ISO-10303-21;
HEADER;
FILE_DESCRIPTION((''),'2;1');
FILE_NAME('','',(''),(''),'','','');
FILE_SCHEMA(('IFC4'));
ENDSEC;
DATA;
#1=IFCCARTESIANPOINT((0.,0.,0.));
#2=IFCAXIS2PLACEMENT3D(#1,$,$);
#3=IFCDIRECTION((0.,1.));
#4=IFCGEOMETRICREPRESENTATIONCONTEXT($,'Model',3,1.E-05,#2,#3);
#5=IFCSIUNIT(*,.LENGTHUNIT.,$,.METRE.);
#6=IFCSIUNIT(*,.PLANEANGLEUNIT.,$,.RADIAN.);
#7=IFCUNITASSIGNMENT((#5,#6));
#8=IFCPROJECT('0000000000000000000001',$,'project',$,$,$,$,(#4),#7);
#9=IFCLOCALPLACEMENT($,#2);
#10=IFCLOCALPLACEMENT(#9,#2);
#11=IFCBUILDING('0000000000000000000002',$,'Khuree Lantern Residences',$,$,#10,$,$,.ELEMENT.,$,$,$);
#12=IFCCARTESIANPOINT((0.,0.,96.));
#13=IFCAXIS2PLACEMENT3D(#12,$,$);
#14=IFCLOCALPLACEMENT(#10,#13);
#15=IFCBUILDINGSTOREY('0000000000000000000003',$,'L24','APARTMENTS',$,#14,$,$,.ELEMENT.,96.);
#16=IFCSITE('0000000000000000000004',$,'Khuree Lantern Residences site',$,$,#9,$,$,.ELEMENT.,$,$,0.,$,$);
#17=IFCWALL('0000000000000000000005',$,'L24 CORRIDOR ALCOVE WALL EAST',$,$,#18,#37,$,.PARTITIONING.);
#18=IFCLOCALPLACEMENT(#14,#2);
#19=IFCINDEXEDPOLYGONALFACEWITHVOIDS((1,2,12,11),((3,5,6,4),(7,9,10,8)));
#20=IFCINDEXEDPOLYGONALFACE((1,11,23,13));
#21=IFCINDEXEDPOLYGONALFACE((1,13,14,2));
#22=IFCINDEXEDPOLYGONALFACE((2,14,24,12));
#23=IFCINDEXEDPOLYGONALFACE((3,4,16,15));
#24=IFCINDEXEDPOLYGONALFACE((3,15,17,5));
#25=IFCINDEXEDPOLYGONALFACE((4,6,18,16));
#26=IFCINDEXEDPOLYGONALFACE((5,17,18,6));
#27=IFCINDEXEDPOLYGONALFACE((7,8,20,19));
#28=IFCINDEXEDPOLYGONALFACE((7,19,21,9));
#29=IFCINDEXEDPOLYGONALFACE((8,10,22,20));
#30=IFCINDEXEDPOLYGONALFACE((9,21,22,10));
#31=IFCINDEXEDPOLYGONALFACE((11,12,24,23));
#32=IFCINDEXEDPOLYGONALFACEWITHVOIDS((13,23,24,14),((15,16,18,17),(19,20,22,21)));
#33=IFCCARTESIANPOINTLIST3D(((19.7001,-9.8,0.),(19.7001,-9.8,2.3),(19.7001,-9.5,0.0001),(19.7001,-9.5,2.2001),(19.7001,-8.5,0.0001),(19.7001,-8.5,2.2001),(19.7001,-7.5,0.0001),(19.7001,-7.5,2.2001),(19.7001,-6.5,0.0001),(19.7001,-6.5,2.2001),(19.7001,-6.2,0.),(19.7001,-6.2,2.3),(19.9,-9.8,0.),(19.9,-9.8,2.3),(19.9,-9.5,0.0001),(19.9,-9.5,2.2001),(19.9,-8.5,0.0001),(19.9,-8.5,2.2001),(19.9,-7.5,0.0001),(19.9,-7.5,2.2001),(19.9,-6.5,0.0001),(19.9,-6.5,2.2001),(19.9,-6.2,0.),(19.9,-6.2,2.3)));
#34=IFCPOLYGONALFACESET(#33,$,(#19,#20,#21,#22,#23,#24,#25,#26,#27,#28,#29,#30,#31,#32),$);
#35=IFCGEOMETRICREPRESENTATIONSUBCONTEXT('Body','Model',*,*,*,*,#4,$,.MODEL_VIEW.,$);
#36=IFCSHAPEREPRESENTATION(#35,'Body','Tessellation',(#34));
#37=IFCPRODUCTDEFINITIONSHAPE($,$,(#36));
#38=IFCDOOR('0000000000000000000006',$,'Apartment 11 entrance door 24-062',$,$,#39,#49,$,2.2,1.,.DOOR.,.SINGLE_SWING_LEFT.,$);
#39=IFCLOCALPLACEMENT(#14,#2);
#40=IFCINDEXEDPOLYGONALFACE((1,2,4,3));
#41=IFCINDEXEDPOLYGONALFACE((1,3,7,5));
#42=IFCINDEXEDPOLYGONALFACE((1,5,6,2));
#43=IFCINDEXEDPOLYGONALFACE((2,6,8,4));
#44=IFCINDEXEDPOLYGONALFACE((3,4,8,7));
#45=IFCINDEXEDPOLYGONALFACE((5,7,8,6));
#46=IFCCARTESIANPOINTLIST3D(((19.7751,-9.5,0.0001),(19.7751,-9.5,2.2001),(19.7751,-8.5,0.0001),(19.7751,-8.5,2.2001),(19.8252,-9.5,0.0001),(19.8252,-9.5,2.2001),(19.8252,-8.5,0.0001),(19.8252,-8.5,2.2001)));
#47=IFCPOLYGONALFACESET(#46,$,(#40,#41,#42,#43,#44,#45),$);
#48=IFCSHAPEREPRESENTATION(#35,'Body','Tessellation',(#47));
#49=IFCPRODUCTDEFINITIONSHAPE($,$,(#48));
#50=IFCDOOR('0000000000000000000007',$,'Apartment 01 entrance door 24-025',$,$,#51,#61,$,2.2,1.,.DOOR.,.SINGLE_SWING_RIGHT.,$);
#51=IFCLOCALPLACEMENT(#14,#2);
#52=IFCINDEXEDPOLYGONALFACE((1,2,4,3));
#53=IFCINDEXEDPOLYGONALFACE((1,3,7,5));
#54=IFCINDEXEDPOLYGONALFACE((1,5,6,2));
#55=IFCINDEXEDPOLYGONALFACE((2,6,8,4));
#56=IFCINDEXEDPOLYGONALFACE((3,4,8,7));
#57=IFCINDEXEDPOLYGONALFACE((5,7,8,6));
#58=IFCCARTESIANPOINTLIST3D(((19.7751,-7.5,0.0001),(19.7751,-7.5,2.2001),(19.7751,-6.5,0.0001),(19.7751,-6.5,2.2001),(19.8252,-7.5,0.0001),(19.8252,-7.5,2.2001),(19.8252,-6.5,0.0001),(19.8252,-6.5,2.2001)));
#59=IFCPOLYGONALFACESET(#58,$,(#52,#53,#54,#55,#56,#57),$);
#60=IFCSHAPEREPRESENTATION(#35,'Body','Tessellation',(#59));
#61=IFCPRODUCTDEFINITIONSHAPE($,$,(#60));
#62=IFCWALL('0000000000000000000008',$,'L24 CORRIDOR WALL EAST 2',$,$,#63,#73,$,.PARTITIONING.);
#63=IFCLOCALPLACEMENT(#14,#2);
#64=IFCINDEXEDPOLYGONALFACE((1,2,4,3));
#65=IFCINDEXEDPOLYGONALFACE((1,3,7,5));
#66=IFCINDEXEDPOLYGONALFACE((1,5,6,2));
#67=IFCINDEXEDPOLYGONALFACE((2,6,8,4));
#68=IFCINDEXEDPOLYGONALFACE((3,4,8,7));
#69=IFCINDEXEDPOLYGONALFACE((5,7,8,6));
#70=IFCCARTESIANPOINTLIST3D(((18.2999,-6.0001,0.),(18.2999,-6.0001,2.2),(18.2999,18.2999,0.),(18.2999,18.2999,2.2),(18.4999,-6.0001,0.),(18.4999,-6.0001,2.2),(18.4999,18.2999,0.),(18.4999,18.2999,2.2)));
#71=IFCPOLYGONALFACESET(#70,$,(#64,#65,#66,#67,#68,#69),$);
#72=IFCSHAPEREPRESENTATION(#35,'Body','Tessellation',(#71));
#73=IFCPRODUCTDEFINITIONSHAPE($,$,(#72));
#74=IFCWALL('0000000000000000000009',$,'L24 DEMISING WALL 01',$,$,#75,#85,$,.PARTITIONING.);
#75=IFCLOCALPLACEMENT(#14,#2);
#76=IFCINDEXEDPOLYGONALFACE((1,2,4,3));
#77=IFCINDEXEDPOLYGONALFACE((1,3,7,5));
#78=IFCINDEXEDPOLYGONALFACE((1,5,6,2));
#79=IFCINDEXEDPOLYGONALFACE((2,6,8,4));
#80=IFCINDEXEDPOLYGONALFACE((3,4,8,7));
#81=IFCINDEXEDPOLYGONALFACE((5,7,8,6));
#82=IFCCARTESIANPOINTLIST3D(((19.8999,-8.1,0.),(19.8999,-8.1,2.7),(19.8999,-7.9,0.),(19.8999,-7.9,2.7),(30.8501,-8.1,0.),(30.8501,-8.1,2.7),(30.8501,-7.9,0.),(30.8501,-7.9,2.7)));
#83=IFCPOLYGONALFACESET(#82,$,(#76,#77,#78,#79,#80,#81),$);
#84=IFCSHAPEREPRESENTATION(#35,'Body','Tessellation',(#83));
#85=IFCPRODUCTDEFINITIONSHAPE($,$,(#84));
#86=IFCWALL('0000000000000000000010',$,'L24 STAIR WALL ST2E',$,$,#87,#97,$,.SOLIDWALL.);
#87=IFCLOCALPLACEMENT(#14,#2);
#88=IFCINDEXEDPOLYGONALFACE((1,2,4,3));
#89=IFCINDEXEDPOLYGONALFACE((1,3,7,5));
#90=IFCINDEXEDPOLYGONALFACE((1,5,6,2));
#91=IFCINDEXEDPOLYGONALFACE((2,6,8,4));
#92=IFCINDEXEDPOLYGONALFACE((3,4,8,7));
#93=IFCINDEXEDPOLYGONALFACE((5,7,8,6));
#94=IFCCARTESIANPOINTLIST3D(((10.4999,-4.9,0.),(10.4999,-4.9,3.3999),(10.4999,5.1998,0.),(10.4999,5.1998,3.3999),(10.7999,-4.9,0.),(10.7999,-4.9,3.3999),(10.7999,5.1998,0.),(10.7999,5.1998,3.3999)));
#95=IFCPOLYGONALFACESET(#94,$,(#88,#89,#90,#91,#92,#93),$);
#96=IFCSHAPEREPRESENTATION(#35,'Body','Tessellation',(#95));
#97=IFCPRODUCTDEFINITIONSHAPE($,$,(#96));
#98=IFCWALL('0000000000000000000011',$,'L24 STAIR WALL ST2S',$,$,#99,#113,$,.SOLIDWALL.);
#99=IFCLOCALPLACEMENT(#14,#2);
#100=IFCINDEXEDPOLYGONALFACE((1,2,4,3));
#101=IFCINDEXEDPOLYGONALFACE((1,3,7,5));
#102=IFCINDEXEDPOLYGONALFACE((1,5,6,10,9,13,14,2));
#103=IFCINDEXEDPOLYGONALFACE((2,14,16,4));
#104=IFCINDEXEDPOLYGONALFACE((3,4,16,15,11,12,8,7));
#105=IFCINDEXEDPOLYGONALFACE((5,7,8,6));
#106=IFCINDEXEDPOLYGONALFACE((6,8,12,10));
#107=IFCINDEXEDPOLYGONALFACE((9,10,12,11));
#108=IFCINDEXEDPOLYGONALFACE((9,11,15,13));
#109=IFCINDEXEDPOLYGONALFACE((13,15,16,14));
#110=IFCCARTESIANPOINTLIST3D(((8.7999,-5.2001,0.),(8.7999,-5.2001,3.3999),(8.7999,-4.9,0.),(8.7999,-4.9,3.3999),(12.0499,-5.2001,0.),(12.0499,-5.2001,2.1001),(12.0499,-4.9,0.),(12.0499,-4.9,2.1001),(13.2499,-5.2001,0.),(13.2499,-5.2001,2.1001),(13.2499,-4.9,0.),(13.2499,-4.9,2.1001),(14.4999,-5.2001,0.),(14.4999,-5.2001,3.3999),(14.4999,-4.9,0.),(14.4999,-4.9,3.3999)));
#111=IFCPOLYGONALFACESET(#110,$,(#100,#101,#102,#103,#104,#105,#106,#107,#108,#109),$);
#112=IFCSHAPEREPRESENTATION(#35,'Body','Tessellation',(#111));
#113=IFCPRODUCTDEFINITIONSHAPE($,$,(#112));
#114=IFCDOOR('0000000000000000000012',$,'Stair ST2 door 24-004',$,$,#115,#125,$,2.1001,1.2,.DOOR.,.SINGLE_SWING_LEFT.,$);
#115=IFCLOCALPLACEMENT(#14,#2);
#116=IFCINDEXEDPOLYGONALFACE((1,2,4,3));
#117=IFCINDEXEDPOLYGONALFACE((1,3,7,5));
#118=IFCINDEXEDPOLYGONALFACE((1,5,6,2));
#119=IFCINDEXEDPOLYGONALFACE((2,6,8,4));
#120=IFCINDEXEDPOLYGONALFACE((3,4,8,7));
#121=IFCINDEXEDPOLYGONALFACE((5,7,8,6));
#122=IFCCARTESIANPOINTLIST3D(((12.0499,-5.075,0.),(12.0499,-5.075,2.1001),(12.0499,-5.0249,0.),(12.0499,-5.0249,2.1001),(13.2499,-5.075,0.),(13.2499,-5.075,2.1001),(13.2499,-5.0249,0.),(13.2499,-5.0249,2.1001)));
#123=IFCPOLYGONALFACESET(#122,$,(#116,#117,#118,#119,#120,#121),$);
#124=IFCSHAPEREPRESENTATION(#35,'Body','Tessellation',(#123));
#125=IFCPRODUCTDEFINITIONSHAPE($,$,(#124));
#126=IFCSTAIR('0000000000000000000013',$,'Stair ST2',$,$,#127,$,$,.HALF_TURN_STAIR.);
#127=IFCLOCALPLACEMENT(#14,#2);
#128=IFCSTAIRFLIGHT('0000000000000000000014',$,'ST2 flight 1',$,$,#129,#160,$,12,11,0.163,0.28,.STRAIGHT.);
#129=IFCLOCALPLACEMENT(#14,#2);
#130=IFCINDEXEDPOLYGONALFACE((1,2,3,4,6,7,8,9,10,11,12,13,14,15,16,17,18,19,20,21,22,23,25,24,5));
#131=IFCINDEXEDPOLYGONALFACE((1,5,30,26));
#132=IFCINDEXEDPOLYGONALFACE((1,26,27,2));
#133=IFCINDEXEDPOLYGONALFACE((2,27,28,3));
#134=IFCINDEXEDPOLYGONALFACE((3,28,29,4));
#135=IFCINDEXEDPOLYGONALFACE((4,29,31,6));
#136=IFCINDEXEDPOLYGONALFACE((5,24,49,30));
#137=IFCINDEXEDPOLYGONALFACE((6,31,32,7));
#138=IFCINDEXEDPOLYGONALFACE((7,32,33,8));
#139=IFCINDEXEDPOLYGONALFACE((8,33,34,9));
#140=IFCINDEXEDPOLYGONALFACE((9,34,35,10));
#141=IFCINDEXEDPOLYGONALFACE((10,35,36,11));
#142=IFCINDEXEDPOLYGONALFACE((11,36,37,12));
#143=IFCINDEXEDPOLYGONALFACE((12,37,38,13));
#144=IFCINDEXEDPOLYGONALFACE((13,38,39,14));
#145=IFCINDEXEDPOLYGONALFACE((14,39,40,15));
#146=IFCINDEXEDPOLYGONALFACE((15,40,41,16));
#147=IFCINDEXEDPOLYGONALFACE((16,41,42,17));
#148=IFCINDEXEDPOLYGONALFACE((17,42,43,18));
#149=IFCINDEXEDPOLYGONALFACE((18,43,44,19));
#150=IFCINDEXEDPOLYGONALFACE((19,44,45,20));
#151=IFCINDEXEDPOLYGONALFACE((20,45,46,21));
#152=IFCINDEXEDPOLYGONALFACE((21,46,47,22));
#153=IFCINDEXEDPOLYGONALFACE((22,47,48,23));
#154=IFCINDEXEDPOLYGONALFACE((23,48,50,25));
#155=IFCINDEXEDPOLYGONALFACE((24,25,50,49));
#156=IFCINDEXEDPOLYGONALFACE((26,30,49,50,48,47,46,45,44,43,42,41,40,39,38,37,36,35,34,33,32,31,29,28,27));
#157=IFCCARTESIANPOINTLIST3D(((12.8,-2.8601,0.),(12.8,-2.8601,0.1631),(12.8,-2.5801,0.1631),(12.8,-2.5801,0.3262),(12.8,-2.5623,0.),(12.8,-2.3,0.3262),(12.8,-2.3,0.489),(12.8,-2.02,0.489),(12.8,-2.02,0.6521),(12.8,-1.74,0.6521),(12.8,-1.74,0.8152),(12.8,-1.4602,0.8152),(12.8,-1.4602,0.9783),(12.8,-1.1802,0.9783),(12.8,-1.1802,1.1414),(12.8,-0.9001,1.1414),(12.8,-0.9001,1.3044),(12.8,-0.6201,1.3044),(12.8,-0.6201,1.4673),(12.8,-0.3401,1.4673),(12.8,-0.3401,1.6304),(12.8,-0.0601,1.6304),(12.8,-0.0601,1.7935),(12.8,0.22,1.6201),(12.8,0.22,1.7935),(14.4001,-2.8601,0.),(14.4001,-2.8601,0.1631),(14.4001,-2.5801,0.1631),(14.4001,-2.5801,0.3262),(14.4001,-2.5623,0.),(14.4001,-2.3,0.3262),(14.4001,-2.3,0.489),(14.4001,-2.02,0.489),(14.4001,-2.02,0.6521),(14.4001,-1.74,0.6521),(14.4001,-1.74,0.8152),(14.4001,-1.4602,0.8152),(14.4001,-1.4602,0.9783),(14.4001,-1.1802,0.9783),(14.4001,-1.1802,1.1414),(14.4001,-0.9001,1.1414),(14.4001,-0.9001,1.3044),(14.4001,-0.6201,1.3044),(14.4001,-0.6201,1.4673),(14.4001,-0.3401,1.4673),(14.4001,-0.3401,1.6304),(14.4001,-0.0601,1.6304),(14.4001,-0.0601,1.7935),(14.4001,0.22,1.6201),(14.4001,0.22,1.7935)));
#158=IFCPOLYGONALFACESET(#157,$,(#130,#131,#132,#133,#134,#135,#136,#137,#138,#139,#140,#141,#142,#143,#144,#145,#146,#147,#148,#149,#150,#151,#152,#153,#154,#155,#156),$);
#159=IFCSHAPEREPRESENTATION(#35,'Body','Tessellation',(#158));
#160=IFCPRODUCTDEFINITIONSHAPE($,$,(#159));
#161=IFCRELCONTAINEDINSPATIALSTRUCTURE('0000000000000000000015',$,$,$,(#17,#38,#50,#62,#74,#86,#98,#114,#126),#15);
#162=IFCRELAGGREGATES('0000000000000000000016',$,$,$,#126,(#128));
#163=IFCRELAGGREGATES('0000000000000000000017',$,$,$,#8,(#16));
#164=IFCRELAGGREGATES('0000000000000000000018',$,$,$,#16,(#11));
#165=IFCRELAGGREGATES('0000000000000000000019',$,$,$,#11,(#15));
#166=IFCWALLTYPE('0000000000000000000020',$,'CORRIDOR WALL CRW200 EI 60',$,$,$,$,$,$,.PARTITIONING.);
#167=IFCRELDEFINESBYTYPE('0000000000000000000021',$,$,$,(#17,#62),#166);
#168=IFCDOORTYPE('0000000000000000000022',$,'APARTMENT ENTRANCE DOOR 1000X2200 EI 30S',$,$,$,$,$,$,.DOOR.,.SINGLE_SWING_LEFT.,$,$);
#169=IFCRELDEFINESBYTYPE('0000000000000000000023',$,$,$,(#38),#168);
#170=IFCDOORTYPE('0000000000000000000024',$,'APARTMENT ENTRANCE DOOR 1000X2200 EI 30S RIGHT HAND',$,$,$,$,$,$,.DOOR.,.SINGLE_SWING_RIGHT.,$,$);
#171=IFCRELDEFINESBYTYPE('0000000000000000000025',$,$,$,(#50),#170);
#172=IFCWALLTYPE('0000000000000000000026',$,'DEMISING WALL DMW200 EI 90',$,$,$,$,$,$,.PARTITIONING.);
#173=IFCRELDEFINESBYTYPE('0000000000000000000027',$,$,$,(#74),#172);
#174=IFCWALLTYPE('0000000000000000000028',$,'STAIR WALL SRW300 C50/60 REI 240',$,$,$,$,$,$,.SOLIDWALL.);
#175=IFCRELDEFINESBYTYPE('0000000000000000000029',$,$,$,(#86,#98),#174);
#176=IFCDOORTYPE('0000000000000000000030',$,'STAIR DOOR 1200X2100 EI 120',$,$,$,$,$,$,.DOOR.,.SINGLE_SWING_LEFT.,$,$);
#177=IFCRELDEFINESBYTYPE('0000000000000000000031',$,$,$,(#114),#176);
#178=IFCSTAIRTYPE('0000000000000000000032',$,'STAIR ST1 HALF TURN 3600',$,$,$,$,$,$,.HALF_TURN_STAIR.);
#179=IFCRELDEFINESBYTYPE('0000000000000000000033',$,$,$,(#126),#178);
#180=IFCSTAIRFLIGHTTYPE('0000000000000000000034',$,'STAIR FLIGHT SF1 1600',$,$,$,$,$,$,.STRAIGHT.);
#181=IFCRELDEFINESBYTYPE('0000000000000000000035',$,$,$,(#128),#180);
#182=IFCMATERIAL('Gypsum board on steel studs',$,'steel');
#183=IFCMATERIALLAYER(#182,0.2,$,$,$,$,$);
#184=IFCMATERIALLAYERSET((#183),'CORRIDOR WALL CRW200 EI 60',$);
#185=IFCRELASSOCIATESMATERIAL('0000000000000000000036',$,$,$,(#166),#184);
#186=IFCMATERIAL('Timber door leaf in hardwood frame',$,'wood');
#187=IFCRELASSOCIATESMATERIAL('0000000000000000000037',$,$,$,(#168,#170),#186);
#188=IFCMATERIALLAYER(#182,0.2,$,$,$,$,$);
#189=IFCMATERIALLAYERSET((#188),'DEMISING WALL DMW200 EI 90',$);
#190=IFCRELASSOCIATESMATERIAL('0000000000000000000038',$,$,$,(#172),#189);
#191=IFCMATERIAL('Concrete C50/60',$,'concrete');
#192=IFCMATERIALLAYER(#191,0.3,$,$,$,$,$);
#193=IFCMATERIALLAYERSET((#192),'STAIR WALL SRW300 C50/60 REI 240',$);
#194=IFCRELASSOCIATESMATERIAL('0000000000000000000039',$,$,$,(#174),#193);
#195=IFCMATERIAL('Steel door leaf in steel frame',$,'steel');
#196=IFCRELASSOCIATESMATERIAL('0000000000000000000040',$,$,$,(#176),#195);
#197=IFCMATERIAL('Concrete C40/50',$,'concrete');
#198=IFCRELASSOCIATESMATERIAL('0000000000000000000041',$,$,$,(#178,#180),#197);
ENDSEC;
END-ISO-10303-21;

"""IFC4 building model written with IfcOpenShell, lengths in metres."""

from ifc_helpers import new_model, si_unit, direction, frame, frame_2d, origin, place, context, subcontext, project, spatial, polyline, rectangle, outline, extrude, material, layer, layer_set, type_object, element, fill, aggregate, save


model = new_model("IFC4")

# Units and contexts
model_context = context("Model", 3, precision=1e-05, world=origin(), true_north=direction((0.0, 1.0)))
body_context = subcontext(model_context, "Body", "Model", "MODEL_VIEW")
ifc_project = project(units=[si_unit("LENGTHUNIT", "METRE"), si_unit("PLANEANGLEUNIT", "RADIAN")], contexts=[model_context])

# Site, building, storey
site_placement = place(None, origin())
site = spatial("IfcSite", under=ifc_project, at=site_placement, Name="Khuree Lantern Residences site", CompositionType="ELEMENT", RefElevation=0.0)
building_placement = place(site_placement, origin())
building = spatial("IfcBuilding", under=site, at=building_placement, Name="Khuree Lantern Residences", CompositionType="ELEMENT")
storey_placement = place(building_placement, frame((0.0, 0.0, 96.0)))
storey = spatial("IfcBuildingStorey", under=building, at=storey_placement, Name="L24", Description="APARTMENTS", CompositionType="ELEMENT", Elevation=96.0)

# Shared definitions
ifc_material_1 = material(Name="Timber door leaf in hardwood frame", Category="wood")

# Shared definitions
ifc_material_2 = material(Name="Gypsum board on steel studs", Category="steel")
ifc_layer_1 = layer(ifc_material_2, 0.2)
ifc_layer_set_1 = layer_set([ifc_layer_1], Name="CORRIDOR WALL CRW200 EI 60")
wall_type_1 = type_object("IfcWallType", Name="CORRIDOR WALL CRW200 EI 60", PredefinedType="PARTITIONING", material=ifc_layer_set_1)

# Wall, openings, doors
wall_1_placement = place(storey_placement, frame((19.8, -9.8, 0.0), z_axis=(0.0, 0.0, 1.0), x_axis=(0.0, 1.0, 0.0)))
wall_1 = element("IfcWall", 1, at=wall_1_placement, inside=storey, type_object=wall_type_1, Name="L24 CORRIDOR ALCOVE WALL EAST", PredefinedType="PARTITIONING", context=body_context, shape_type="SweptSolid", body=[
    extrude(rectangle(XDim=3.6001, YDim=0.2, at=frame_2d((1.8, 0.0))), origin(), (0.0, 0.0, 1.0), 2.3),
])
opening_1_placement = place(wall_1_placement, frame((2.3, 0.0, 0.0)))
opening_1 = element("IfcOpeningElement", 2, at=opening_1_placement, cuts=wall_1, PredefinedType="OPENING", context=body_context, shape_type="SweptSolid", body=[
    extrude(rectangle(XDim=1.0, YDim=2.2, at=frame_2d((0.5, 1.1001))), frame((0.0, 0.1099, 0.0), z_axis=(0.0, -1.0, 0.0), x_axis=(1.0, 0.0, 0.0)), (0.0, 0.0, 1.0), 0.22),
])
opening_2_placement = place(wall_1_placement, frame((0.3, 0.0, 0.0)))
opening_2 = element("IfcOpeningElement", 3, at=opening_2_placement, cuts=wall_1, PredefinedType="OPENING", context=body_context, shape_type="SweptSolid", body=[
    extrude(rectangle(XDim=1.0, YDim=2.2, at=frame_2d((0.5, 1.1001))), frame((0.0, 0.1099, 0.0), z_axis=(0.0, -1.0, 0.0), x_axis=(1.0, 0.0, 0.0)), (0.0, 0.0, 1.0), 0.22),
])
door_type_1 = type_object("IfcDoorType", Name="APARTMENT ENTRANCE DOOR 1000X2200 EI 30S", OperationType="SINGLE_SWING_LEFT", PredefinedType="DOOR", material=ifc_material_1)
door_1_placement = place(opening_2_placement, origin())
door_1 = element("IfcDoor", 4, at=door_1_placement, inside=storey, type_object=door_type_1, Name="Apartment 11 entrance door 24-062", OperationType="SINGLE_SWING_LEFT", OverallHeight=2.2, OverallWidth=1.0, PredefinedType="DOOR", context=body_context, shape_type="SweptSolid", body=[
    extrude(rectangle(XDim=1.0, YDim=2.2, at=frame_2d((0.5, 1.1001))), frame((0.0, 0.0249, 0.0), z_axis=(0.0, -1.0, 0.0), x_axis=(1.0, 0.0, 0.0)), (0.0, 0.0, 1.0), 0.05),
])
fill(opening_2, door_1)
door_type_2 = type_object("IfcDoorType", Name="APARTMENT ENTRANCE DOOR 1000X2200 EI 30S RIGHT HAND", OperationType="SINGLE_SWING_RIGHT", PredefinedType="DOOR", material=ifc_material_1)
door_2_placement = place(opening_1_placement, origin())
door_2 = element("IfcDoor", 5, at=door_2_placement, inside=storey, type_object=door_type_2, Name="Apartment 01 entrance door 24-025", OperationType="SINGLE_SWING_RIGHT", OverallHeight=2.2, OverallWidth=1.0, PredefinedType="DOOR", context=body_context, shape_type="SweptSolid", body=[
    extrude(rectangle(XDim=1.0, YDim=2.2, at=frame_2d((0.5, 1.1001))), frame((0.0, 0.0249, 0.0), z_axis=(0.0, -1.0, 0.0), x_axis=(1.0, 0.0, 0.0)), (0.0, 0.0, 1.0), 0.05),
])
fill(opening_1, door_2)

# Walls
wall_2_placement = place(storey_placement, frame((18.3999, -6.0, 0.0), z_axis=(0.0, 0.0, 1.0), x_axis=(0.0, 1.0, 0.0)))
element("IfcWall", 6, at=wall_2_placement, inside=storey, type_object=wall_type_1, Name="L24 CORRIDOR WALL EAST 2", PredefinedType="PARTITIONING", context=body_context, shape_type="SweptSolid", body=[
    extrude(rectangle(XDim=24.3, YDim=0.2, at=frame_2d((12.1499, 0.0))), origin(), (0.0, 0.0, 1.0), 2.2),
])
ifc_layer_2 = layer(ifc_material_2, 0.2)
ifc_layer_set_2 = layer_set([ifc_layer_2], Name="DEMISING WALL DMW200 EI 90")
wall_type_2 = type_object("IfcWallType", Name="DEMISING WALL DMW200 EI 90", PredefinedType="PARTITIONING", material=ifc_layer_set_2)
wall_3_placement = place(storey_placement, frame((19.8999, -8.0, 0.0), z_axis=(0.0, 0.0, 1.0), x_axis=(1.0, 0.0, 0.0)))
element("IfcWall", 7, at=wall_3_placement, inside=storey, type_object=wall_type_2, Name="L24 DEMISING WALL 01", PredefinedType="PARTITIONING", context=body_context, shape_type="SweptSolid", body=[
    extrude(rectangle(XDim=10.9502, YDim=0.2, at=frame_2d((5.4751, 0.0))), origin(), (0.0, 0.0, 1.0), 2.7),
])
ifc_material_3 = material(Name="Concrete C50/60", Category="concrete")
ifc_layer_3 = layer(ifc_material_3, 0.3)
ifc_layer_set_3 = layer_set([ifc_layer_3], Name="STAIR WALL SRW300 C50/60 REI 240")
wall_type_3 = type_object("IfcWallType", Name="STAIR WALL SRW300 C50/60 REI 240", PredefinedType="SOLIDWALL", material=ifc_layer_set_3)
wall_4_placement = place(storey_placement, frame((10.6499, -4.8999, 0.0), z_axis=(0.0, 0.0, 1.0), x_axis=(0.0, 1.0, 0.0)))
element("IfcWall", 8, at=wall_4_placement, inside=storey, type_object=wall_type_3, Name="L24 STAIR WALL ST2E", PredefinedType="SOLIDWALL", context=body_context, shape_type="SweptSolid", body=[
    extrude(rectangle(XDim=10.0999, YDim=0.3, at=frame_2d((5.0498, 0.0))), origin(), (0.0, 0.0, 1.0), 3.3999),
])

# Wall, opening, door
wall_5_placement = place(storey_placement, frame((14.5, -5.05, 0.0), z_axis=(0.0, 0.0, 1.0), x_axis=(-1.0, 0.0, 0.0)))
wall_5 = element("IfcWall", 9, at=wall_5_placement, inside=storey, type_object=wall_type_3, Name="L24 STAIR WALL ST2S", PredefinedType="SOLIDWALL", context=body_context, shape_type="SweptSolid", body=[
    extrude(rectangle(XDim=5.7, YDim=0.3, at=frame_2d((2.8501, 0.0))), origin(), (0.0, 0.0, 1.0), 3.3999),
])
opening_3_placement = place(wall_5_placement, frame((1.25, 0.0, 0.0)))
opening_3 = element("IfcOpeningElement", 10, at=opening_3_placement, cuts=wall_5, PredefinedType="OPENING", context=body_context, shape_type="SweptSolid", body=[
    extrude(rectangle(XDim=1.2, YDim=2.1001, at=frame_2d((0.6001, 1.05))), frame((0.0, 0.1602, 0.0), z_axis=(0.0, -1.0, 0.0), x_axis=(1.0, 0.0, 0.0)), (0.0, 0.0, 1.0), 0.3201),
])
ifc_material_4 = material(Name="Steel door leaf in steel frame", Category="steel")
door_type_3 = type_object("IfcDoorType", Name="STAIR DOOR 1200X2100 EI 120", OperationType="SINGLE_SWING_LEFT", PredefinedType="DOOR", material=ifc_material_4)
door_3_placement = place(opening_3_placement, origin())
door_3 = element("IfcDoor", 11, at=door_3_placement, inside=storey, type_object=door_type_3, Name="Stair ST2 door 24-004", OperationType="SINGLE_SWING_LEFT", OverallHeight=2.1001, OverallWidth=1.2, PredefinedType="DOOR", context=body_context, shape_type="SweptSolid", body=[
    extrude(rectangle(XDim=1.2, YDim=2.1001, at=frame_2d((0.6001, 1.05))), frame((0.0, 0.0249, 0.0), z_axis=(0.0, -1.0, 0.0), x_axis=(1.0, 0.0, 0.0)), (0.0, 0.0, 1.0), 0.05),
])
fill(opening_3, door_3)

# Stair, stair flight
ifc_material_5 = material(Name="Concrete C40/50", Category="concrete")
stair_type = type_object("IfcStairType", Name="STAIR ST1 HALF TURN 3600", PredefinedType="HALF_TURN_STAIR", material=ifc_material_5)
stair_placement = place(storey_placement, origin())
stair = element("IfcStair", 12, at=stair_placement, inside=storey, type_object=stair_type, Name="Stair ST2", PredefinedType="HALF_TURN_STAIR")
stair_flight_type = type_object("IfcStairFlightType", Name="STAIR FLIGHT SF1 1600", PredefinedType="STRAIGHT", material=ifc_material_5)
stair_flight_placement = place(storey_placement, frame((13.6001, -2.8601, 0.0), z_axis=(0.0, 0.0, 1.0), x_axis=(0.0, 1.0, 0.0)))
stair_flight = element("IfcStairFlight", 13, at=stair_flight_placement, type_object=stair_flight_type, Name="ST2 flight 1", NumberOfRisers=12, NumberOfTreads=11, PredefinedType="STRAIGHT", RiserHeight=0.163, TreadLength=0.28, context=body_context, shape_type="SweptSolid", body=[
    extrude(outline(polyline([(0.0, 0.0), (0.0, 0.1631), (0.28, 0.1631), (0.28, 0.3262), (0.5601, 0.3262), (0.5601, 0.489), (0.8401, 0.489), (0.8401, 0.6521), (1.1201, 0.6521), (1.1201, 0.8152), (1.3999, 0.8152), (1.3999, 0.9783), (1.6799, 0.9783), (1.6799, 1.1414), (1.96, 1.1414), (1.96, 1.3044), (2.24, 1.3044), (2.24, 1.4673), (2.52, 1.4673), (2.52, 1.6304), (2.8, 1.6304), (2.8, 1.7935), (3.0801, 1.7935), (3.0801, 1.9565), (3.0801, 1.6201), (0.2979, 0.0), (0.0, 0.0)])), frame((0.0, 0.8, 0.0), z_axis=(0.0, -1.0, 0.0), x_axis=(1.0, 0.0, 0.0)), (0.0, 0.0, 1.0), 1.6001),
])
aggregate(stair, [stair_flight])

save(model, "model.ifc")
